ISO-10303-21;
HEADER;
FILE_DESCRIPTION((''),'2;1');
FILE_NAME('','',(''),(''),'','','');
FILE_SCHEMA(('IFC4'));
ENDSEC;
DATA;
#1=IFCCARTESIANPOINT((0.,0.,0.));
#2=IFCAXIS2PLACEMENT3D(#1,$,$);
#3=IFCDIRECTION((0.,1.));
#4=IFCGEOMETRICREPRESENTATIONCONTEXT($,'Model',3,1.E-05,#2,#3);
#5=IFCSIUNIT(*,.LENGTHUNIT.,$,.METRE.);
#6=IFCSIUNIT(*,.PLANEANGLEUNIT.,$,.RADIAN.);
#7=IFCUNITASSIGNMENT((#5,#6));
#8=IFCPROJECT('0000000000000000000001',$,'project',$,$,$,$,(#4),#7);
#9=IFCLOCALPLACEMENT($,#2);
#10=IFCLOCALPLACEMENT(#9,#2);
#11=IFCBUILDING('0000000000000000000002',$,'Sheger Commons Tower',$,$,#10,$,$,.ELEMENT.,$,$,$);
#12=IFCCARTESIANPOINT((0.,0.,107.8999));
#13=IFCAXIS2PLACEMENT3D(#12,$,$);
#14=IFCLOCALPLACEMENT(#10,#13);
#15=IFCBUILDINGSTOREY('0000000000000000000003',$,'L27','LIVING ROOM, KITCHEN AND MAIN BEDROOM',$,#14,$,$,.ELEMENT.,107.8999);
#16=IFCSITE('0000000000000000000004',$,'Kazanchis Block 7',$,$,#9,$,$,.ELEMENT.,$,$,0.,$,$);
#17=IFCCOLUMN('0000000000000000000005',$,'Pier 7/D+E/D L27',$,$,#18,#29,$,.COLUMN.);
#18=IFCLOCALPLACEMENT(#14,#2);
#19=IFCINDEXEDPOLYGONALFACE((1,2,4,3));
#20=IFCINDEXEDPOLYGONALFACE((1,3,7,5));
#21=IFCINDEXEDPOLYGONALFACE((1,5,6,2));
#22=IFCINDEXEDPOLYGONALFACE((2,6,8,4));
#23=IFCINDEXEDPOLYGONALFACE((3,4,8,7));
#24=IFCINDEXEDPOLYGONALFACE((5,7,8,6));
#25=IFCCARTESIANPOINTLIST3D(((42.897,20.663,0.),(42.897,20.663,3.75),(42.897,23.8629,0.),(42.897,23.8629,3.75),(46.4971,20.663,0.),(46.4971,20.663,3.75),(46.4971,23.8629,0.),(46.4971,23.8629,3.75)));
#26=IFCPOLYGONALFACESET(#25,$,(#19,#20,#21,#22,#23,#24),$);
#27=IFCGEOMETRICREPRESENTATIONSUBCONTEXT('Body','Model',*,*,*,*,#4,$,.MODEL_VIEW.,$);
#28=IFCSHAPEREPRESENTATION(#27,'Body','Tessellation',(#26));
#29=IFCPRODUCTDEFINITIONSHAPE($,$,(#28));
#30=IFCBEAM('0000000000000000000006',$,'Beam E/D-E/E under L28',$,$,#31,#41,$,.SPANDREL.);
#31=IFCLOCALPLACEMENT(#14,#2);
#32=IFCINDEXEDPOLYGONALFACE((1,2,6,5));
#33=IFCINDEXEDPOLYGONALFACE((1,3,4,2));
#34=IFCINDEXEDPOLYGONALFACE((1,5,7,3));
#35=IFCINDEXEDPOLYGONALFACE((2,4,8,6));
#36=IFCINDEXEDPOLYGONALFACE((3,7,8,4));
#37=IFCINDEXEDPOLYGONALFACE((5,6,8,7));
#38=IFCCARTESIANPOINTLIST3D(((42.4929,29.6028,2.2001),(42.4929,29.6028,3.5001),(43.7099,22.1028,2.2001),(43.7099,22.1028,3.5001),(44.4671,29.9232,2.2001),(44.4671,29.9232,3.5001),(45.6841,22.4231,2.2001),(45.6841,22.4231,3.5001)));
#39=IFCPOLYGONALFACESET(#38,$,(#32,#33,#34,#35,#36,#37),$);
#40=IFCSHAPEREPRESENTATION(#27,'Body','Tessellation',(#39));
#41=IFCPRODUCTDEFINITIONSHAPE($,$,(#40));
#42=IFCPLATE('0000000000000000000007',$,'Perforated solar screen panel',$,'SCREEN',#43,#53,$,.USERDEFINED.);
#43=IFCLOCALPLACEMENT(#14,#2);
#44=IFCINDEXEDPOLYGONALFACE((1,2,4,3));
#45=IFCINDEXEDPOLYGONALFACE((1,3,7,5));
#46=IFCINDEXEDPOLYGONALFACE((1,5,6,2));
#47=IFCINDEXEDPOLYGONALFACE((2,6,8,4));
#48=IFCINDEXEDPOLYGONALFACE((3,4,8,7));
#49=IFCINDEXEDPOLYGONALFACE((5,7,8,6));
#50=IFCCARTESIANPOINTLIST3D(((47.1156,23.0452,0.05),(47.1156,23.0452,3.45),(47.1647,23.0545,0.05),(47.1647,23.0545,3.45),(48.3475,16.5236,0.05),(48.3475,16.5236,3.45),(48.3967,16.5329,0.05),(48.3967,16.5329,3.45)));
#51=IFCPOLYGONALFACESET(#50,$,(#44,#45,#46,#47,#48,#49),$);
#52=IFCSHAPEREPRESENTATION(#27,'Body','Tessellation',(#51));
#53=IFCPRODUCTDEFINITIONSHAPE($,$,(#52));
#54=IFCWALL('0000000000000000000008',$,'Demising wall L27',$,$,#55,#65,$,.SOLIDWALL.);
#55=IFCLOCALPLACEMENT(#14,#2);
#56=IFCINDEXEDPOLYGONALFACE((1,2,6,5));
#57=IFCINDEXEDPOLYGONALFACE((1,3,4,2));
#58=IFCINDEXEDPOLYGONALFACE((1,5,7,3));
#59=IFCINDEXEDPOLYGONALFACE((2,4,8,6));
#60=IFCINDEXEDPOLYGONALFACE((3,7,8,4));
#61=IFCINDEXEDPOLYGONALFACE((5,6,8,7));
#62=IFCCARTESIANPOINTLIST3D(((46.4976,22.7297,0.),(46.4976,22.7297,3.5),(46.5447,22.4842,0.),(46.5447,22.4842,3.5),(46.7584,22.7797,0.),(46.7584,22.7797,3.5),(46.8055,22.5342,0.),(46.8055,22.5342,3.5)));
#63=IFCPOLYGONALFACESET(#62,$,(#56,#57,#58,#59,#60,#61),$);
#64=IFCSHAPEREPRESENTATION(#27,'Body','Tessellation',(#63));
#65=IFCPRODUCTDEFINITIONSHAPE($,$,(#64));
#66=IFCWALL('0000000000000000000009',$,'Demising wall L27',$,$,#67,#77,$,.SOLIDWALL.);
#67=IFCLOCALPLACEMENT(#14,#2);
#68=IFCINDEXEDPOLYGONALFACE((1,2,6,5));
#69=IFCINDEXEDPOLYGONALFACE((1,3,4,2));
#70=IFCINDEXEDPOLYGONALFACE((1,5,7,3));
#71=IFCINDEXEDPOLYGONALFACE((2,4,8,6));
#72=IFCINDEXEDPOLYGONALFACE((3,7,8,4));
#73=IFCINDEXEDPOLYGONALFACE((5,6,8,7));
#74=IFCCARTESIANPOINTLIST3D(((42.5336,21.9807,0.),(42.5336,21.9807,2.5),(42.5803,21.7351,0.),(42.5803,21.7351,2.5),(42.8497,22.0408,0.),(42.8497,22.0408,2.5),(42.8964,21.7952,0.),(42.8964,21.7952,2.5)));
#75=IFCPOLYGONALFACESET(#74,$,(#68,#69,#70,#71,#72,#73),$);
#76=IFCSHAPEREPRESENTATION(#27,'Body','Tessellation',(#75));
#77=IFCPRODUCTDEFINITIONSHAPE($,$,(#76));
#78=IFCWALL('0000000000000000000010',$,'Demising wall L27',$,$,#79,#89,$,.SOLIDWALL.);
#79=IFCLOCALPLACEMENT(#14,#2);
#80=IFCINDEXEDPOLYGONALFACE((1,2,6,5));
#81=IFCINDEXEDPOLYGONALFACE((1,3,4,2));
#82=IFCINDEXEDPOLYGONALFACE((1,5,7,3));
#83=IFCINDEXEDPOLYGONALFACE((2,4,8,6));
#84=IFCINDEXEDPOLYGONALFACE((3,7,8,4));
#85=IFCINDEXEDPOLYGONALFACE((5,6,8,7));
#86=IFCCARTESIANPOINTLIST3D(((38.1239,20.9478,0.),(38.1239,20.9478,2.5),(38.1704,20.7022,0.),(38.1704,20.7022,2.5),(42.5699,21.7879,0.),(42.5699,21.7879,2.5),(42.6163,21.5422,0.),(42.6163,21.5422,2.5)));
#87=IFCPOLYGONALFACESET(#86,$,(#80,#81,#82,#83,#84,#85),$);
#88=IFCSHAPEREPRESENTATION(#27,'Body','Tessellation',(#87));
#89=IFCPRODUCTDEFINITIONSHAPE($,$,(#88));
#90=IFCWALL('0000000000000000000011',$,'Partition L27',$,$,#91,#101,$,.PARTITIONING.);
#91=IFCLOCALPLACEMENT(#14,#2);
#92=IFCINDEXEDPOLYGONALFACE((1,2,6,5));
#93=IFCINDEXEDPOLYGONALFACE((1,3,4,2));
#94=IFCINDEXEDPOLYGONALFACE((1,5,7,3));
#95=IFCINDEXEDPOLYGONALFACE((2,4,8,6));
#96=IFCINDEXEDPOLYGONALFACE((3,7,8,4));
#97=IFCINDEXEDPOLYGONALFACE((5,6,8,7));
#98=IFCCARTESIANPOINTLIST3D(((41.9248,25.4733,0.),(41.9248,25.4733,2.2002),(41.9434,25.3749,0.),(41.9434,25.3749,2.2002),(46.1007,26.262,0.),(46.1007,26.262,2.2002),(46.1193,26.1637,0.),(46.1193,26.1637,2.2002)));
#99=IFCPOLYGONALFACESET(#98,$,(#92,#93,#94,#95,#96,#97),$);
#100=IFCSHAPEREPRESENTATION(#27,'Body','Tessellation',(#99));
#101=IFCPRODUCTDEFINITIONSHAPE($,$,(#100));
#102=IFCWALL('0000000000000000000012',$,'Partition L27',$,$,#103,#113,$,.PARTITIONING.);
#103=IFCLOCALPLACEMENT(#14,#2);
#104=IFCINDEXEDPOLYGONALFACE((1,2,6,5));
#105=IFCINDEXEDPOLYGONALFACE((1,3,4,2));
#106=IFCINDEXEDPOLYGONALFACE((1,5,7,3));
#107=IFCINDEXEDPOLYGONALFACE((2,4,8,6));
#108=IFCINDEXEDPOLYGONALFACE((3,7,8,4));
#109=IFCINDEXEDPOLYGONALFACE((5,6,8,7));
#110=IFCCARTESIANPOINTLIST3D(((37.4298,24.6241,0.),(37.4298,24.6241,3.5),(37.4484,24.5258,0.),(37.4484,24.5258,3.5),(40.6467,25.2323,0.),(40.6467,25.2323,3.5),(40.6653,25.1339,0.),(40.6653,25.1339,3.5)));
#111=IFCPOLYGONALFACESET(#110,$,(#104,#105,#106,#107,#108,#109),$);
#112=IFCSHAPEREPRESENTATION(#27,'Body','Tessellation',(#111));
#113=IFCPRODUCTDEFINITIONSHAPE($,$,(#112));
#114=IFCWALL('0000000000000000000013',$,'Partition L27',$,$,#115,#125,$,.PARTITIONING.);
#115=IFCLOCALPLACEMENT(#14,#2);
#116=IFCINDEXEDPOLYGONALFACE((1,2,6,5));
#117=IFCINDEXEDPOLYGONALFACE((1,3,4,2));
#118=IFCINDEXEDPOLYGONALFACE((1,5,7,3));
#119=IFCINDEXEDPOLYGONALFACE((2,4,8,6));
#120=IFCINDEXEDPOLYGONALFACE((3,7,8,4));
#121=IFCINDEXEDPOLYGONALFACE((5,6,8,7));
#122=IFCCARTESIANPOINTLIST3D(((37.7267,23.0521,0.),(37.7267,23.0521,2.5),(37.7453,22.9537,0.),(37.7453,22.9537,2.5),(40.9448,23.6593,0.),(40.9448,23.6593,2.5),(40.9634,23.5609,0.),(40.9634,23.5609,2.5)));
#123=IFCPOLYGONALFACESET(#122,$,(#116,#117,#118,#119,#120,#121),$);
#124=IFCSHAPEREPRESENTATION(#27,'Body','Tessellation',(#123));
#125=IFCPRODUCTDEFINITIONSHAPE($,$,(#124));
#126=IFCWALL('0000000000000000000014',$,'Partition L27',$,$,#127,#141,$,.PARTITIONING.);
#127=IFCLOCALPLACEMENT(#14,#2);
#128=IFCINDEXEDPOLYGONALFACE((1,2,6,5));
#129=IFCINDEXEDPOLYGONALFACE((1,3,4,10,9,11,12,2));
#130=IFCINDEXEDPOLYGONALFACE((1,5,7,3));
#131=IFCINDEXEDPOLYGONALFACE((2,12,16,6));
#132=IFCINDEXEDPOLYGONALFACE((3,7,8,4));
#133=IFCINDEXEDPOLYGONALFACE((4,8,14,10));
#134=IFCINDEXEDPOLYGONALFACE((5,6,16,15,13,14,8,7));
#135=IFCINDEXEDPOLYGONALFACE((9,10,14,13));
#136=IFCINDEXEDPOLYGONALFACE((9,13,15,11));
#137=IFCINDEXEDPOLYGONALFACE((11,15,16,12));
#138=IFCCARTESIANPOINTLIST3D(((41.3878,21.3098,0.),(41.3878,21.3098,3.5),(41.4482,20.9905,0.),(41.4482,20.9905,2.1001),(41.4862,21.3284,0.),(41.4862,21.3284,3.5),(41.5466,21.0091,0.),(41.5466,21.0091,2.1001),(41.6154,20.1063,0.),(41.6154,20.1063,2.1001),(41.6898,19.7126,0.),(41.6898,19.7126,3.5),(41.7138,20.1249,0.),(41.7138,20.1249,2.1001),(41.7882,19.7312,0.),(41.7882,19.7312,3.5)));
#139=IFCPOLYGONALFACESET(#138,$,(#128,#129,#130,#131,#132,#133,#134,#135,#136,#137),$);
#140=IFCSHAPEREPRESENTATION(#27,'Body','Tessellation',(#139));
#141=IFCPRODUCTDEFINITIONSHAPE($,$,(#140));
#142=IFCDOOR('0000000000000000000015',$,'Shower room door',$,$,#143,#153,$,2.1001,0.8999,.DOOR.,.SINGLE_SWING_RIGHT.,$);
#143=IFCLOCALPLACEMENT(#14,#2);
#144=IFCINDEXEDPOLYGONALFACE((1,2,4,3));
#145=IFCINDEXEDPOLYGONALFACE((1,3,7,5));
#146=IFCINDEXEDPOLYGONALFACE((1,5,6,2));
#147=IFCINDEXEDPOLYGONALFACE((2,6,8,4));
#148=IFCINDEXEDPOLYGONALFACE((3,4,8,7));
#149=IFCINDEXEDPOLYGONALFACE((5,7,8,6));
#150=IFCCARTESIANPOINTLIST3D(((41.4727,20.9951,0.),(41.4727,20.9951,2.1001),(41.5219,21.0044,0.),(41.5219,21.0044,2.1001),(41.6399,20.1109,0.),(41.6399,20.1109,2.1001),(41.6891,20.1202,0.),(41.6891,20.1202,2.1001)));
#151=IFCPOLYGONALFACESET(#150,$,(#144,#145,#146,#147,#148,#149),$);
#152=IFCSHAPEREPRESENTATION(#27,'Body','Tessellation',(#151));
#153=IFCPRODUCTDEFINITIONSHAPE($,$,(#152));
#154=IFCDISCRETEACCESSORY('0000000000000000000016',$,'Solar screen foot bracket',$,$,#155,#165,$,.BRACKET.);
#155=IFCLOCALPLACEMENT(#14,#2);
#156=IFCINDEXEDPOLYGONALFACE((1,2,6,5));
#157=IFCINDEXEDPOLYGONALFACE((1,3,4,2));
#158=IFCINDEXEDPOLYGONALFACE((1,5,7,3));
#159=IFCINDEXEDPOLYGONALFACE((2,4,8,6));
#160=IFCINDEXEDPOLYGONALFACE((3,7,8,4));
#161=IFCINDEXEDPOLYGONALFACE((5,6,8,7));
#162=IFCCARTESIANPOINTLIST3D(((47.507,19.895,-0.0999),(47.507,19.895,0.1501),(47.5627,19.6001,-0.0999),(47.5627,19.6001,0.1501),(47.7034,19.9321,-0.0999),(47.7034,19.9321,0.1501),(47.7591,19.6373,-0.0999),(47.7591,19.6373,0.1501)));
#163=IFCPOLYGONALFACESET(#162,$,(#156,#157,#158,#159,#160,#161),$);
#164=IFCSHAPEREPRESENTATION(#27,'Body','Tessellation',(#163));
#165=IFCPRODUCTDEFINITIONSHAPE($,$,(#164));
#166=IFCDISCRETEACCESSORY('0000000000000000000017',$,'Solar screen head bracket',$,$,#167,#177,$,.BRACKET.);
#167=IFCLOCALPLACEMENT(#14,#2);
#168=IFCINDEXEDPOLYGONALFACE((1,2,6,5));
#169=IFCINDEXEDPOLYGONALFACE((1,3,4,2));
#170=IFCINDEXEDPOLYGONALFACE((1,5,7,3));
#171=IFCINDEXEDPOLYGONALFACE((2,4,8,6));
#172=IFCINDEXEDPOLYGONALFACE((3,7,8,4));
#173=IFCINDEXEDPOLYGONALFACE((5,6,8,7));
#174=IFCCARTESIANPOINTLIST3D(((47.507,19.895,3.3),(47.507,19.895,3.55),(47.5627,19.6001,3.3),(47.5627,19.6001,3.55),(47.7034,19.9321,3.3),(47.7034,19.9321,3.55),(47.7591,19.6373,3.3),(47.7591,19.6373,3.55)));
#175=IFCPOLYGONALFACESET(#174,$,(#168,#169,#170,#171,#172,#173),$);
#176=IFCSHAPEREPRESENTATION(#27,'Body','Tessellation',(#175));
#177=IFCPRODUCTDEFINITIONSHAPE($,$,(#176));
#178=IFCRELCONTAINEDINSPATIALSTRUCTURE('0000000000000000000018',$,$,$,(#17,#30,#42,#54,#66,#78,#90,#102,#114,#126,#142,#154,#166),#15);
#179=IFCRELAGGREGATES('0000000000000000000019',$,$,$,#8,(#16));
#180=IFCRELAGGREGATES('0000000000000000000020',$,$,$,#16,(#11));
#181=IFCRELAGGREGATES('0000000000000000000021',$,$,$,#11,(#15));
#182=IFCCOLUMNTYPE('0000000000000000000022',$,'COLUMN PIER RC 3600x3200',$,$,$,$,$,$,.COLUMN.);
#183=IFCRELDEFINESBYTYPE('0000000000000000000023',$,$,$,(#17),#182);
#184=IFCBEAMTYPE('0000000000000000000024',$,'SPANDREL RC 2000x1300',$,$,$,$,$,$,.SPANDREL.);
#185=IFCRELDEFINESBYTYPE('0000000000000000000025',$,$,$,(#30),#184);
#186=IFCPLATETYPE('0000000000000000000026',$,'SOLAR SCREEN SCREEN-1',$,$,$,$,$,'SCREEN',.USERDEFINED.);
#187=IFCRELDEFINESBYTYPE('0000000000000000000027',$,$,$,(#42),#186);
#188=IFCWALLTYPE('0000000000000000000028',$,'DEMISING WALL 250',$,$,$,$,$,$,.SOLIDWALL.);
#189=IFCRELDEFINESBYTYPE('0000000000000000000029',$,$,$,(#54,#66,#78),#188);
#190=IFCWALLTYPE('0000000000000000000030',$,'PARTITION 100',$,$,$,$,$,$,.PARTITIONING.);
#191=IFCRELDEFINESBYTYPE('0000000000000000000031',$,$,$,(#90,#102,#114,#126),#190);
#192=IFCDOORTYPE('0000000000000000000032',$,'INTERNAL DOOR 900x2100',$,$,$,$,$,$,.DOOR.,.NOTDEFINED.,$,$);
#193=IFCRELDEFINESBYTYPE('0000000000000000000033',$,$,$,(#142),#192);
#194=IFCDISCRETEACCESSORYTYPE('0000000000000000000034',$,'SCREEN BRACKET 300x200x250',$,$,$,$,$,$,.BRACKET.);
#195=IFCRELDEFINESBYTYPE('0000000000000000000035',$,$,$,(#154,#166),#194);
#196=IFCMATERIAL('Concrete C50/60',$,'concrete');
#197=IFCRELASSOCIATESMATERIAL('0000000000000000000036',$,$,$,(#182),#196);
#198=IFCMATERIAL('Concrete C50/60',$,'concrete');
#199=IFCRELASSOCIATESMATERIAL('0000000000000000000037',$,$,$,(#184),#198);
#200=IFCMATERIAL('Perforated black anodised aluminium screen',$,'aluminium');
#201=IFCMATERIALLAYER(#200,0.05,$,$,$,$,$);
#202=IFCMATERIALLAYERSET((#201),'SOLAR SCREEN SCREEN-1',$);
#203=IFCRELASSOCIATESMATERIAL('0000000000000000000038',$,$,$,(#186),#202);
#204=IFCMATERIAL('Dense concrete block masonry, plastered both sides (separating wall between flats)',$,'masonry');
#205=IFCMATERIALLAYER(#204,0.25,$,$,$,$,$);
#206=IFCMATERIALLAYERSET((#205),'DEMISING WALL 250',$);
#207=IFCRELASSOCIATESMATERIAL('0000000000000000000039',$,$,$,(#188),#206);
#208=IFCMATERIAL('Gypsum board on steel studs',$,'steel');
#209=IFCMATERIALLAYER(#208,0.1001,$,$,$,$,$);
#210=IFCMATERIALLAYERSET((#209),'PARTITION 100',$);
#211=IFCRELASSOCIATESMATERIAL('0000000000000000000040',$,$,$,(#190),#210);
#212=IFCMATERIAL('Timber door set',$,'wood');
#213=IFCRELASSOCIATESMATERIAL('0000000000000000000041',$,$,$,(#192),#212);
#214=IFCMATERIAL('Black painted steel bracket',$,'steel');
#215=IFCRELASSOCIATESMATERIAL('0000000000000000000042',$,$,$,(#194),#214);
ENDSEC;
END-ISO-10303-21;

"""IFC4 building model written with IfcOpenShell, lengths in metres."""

from ifc_helpers import new_model, si_unit, direction, frame, frame_2d, origin, origin_2d, place, context, subcontext, project, spatial, rectangle, extrude, material, layer, layer_set, material_profile, profile_set, type_object, element, fill, save


model = new_model("IFC4")

# Units and contexts
model_context = context("Model", 3, precision=1e-05, world=origin(), true_north=direction((0.0, 1.0)))
body_context = subcontext(model_context, "Body", "Model", "MODEL_VIEW")
ifc_project = project(units=[si_unit("LENGTHUNIT", "METRE"), si_unit("PLANEANGLEUNIT", "RADIAN")], contexts=[model_context])

# Site, building, storey
site_placement = place(None, origin())
site = spatial("IfcSite", under=ifc_project, at=site_placement, Name="Kazanchis Block 7", CompositionType="ELEMENT", RefElevation=0.0)
building_placement = place(site_placement, origin())
building = spatial("IfcBuilding", under=site, at=building_placement, Name="Sheger Commons Tower", CompositionType="ELEMENT")
storey_placement = place(building_placement, frame((0.0, 0.0, 107.8999)))
storey = spatial("IfcBuildingStorey", under=building, at=storey_placement, Name="L27", Description="LIVING ROOM, KITCHEN AND MAIN BEDROOM", CompositionType="ELEMENT", Elevation=107.8999)

# Column
ifc_material_1 = material(Name="Concrete C50/60", Category="concrete")
ifc_material_profile_1 = material_profile(ifc_material_1, rectangle(XDim=3.6001, YDim=3.2, at=origin_2d()), Name="RC 3600x3200")
ifc_profile_set_1 = profile_set([ifc_material_profile_1], Name="Concrete C50/60")
column_type = type_object("IfcColumnType", Name="COLUMN PIER RC 3600x3200", PredefinedType="COLUMN", material=ifc_profile_set_1)
column_placement = place(storey_placement, frame((44.697, 22.2629, 0.0), z_axis=(0.0, 0.0, 1.0), x_axis=(1.0, 0.0, 0.0)))
element("IfcColumn", 1, at=column_placement, inside=storey, type_object=column_type, Name="Pier 7/D+E/D L27", PredefinedType="COLUMN", context=body_context, shape_type="SweptSolid", body=[
    extrude(rectangle(XDim=3.6001, YDim=3.2, at=origin_2d()), origin(), (0.0, 0.0, 1.0), 3.75),
])

# Beam
ifc_material_2 = material(Name="Concrete C50/60", Category="concrete")
ifc_material_profile_2 = material_profile(ifc_material_2, rectangle(XDim=2.0, YDim=1.3, at=origin_2d()), Name="RC 2000x1300")
ifc_profile_set_2 = profile_set([ifc_material_profile_2], Name="Concrete C50/60")
beam_type = type_object("IfcBeamType", Name="SPANDREL RC 2000x1300", PredefinedType="SPANDREL", material=ifc_profile_set_2)
beam_placement = place(storey_placement, frame((44.697, 22.2629, 2.8501), z_axis=(-0.160177, 0.987088, 0.0), x_axis=(-0.987088, -0.160177, 0.0)))
element("IfcBeam", 2, at=beam_placement, inside=storey, type_object=beam_type, Name="Beam E/D-E/E under L28", PredefinedType="SPANDREL", context=body_context, shape_type="SweptSolid", body=[
    extrude(rectangle(XDim=2.0, YDim=1.3, at=origin_2d()), origin(), (0.0, 0.0, 1.0), 7.5981),
])

# Plate
ifc_material_3 = material(Name="Perforated black anodised aluminium screen", Category="aluminium")
ifc_layer_1 = layer(ifc_material_3, 0.05)
ifc_layer_set_1 = layer_set([ifc_layer_1], Name="SOLAR SCREEN SCREEN-1")
plate_type = type_object("IfcPlateType", Name="SOLAR SCREEN SCREEN-1", ElementType="SCREEN", PredefinedType="USERDEFINED", material=ifc_layer_set_1)
plate_placement = place(storey_placement, frame((47.7561, 19.7891, 0.05), z_axis=(0.0, 0.0, 1.0), x_axis=(-0.185615, 0.982623, 0.0)))
element("IfcPlate", 3, at=plate_placement, inside=storey, type_object=plate_type, Name="Perforated solar screen panel", ObjectType="SCREEN", PredefinedType="USERDEFINED", context=body_context, shape_type="SweptSolid", body=[
    extrude(rectangle(XDim=6.637, YDim=0.05, at=origin_2d()), origin(), (0.0, 0.0, 1.0), 3.3999),
])

# Walls
ifc_material_4 = material(Name="Dense concrete block masonry, plastered both sides (separating wall between flats)", Category="masonry")
ifc_layer_2 = layer(ifc_material_4, 0.25)
ifc_layer_set_2 = layer_set([ifc_layer_2], Name="DEMISING WALL 250")
wall_type_1 = type_object("IfcWallType", Name="DEMISING WALL 250", PredefinedType="SOLIDWALL", material=ifc_layer_set_2)
wall_1_placement = place(storey_placement, frame((46.782, 22.657, 0.0), z_axis=(0.0, 0.0, 1.0), x_axis=(-0.982105, -0.188336, 0.0)))
element("IfcWall", 4, at=wall_1_placement, inside=storey, type_object=wall_type_1, Name="Demising wall L27", PredefinedType="SOLIDWALL", context=body_context, shape_type="SweptSolid", body=[
    extrude(rectangle(XDim=0.2656, YDim=0.25, at=frame_2d((0.1328, 0.0))), origin(), (0.0, 0.0, 1.0), 3.5),
])
wall_2_placement = place(storey_placement, frame((42.873, 21.918, 0.0), z_axis=(0.0, 0.0, 1.0), x_axis=(-0.982431, -0.186624, 0.0)))
element("IfcWall", 5, at=wall_2_placement, inside=storey, type_object=wall_type_1, Name="Demising wall L27", PredefinedType="SOLIDWALL", context=body_context, shape_type="SweptSolid", body=[
    extrude(rectangle(XDim=0.3218, YDim=0.25, at=frame_2d((0.1609, 0.0))), origin(), (0.0, 0.0, 1.0), 2.5),
])
wall_3_placement = place(storey_placement, frame((42.593, 21.665, 0.0), z_axis=(0.0, 0.0, 1.0), x_axis=(-0.982613, -0.185666, 0.0)))
element("IfcWall", 6, at=wall_3_placement, inside=storey, type_object=wall_type_1, Name="Demising wall L27", PredefinedType="SOLIDWALL", context=body_context, shape_type="SweptSolid", body=[
    extrude(rectangle(XDim=4.5247, YDim=0.25, at=frame_2d((2.2622, 0.0))), origin(), (0.0, 0.0, 1.0), 2.5),
])
ifc_material_5 = material(Name="Gypsum board on steel studs", Category="steel")
ifc_layer_3 = layer(ifc_material_5, 0.1001)
ifc_layer_set_3 = layer_set([ifc_layer_3], Name="PARTITION 100")
wall_type_2 = type_object("IfcWallType", Name="PARTITION 100", PredefinedType="PARTITIONING", material=ifc_layer_set_3)
wall_4_placement = place(storey_placement, frame((46.1101, 26.2129, 0.0), z_axis=(0.0, 0.0, 1.0), x_axis=(-0.982624, -0.18561, 0.0)))
element("IfcWall", 7, at=wall_4_placement, inside=storey, type_object=wall_type_2, Name="Partition L27", PredefinedType="PARTITIONING", context=body_context, shape_type="SweptSolid", body=[
    extrude(rectangle(XDim=4.2498, YDim=0.1001, at=frame_2d((2.125, 0.0))), origin(), (0.0, 0.0, 1.0), 2.2002),
])
wall_5_placement = place(storey_placement, frame((40.656, 25.1831, 0.0), z_axis=(0.0, 0.0, 1.0), x_axis=(-0.982597, -0.185752, 0.0)))
element("IfcWall", 8, at=wall_5_placement, inside=storey, type_object=wall_type_2, Name="Partition L27", PredefinedType="PARTITIONING", context=body_context, shape_type="SweptSolid", body=[
    extrude(rectangle(XDim=3.2739, YDim=0.1001, at=frame_2d((1.637, 0.0))), origin(), (0.0, 0.0, 1.0), 3.5),
])
wall_6_placement = place(storey_placement, frame((40.9541, 23.6101, 0.0), z_axis=(0.0, 0.0, 1.0), x_axis=(-0.982661, -0.185409, 0.0)))
element("IfcWall", 9, at=wall_6_placement, inside=storey, type_object=wall_type_2, Name="Partition L27", PredefinedType="PARTITIONING", context=body_context, shape_type="SweptSolid", body=[
    extrude(rectangle(XDim=3.2749, YDim=0.1001, at=frame_2d((1.6375, 0.0))), origin(), (0.0, 0.0, 1.0), 2.5),
])

# Wall, opening, door
wall_7_placement = place(storey_placement, frame((41.437, 21.3191, 0.0), z_axis=(0.0, 0.0, 1.0), x_axis=(0.185794, -0.982589, 0.0)))
wall_7 = element("IfcWall", 10, at=wall_7_placement, inside=storey, type_object=wall_type_2, Name="Partition L27", PredefinedType="PARTITIONING", context=body_context, shape_type="SweptSolid", body=[
    extrude(rectangle(XDim=1.6255, YDim=0.1001, at=frame_2d((0.8127, 0.0))), origin(), (0.0, 0.0, 1.0), 3.5),
])
opening_placement = place(wall_7_placement, frame((0.325, 0.0, 0.0)))
opening = element("IfcOpeningElement", 11, at=opening_placement, cuts=wall_7, PredefinedType="OPENING", context=body_context, shape_type="SweptSolid", body=[
    extrude(rectangle(XDim=0.8999, YDim=2.1001, at=frame_2d((0.45, 1.05))), frame((0.0, 0.0601, 0.0), z_axis=(0.0, -1.0, 0.0), x_axis=(1.0, 0.0, 0.0)), (0.0, 0.0, 1.0), 0.1201),
])
ifc_material_6 = material(Name="Timber door set", Category="wood")
door_type = type_object("IfcDoorType", Name="INTERNAL DOOR 900x2100", OperationType="NOTDEFINED", PredefinedType="DOOR", material=ifc_material_6)
door_placement = place(opening_placement, origin())
door = element("IfcDoor", 12, at=door_placement, inside=storey, type_object=door_type, Name="Shower room door", OperationType="SINGLE_SWING_RIGHT", OverallHeight=2.1001, OverallWidth=0.8999, PredefinedType="DOOR", context=body_context, shape_type="SweptSolid", body=[
    extrude(rectangle(XDim=0.8999, YDim=2.1001, at=frame_2d((0.45, 1.05))), frame((0.0, 0.0249, 0.0), z_axis=(0.0, -1.0, 0.0), x_axis=(1.0, 0.0, 0.0)), (0.0, 0.0, 1.0), 0.05),
])
fill(opening, door)

# Discrete accessories
ifc_material_7 = material(Name="Black painted steel bracket", Category="steel")
discrete_accessory_type = type_object("IfcDiscreteAccessoryType", Name="SCREEN BRACKET 300x200x250", PredefinedType="BRACKET", material=ifc_material_7)
for number, where, z_axis, x_axis, name in (
    (13, (47.6331, 19.7661, -0.0999), (0.0, 0.0, 1.0), (-0.185615, 0.982623, 0.0), "Solar screen foot bracket"),
    (14, (47.6331, 19.7661, 3.3), (0.0, 0.0, 1.0), (-0.185615, 0.982623, 0.0), "Solar screen head bracket"),
):
    element("IfcDiscreteAccessory", number, at=place(storey_placement, frame(where, z_axis=z_axis, x_axis=x_axis)), inside=storey, type_object=discrete_accessory_type, Name=name, PredefinedType="BRACKET", context=body_context, shape_type="SweptSolid", body=[
        extrude(rectangle(XDim=0.3, YDim=0.2, at=origin_2d()), origin(), (0.0, 0.0, 1.0), 0.25),
    ])

save(model, "model.ifc")
